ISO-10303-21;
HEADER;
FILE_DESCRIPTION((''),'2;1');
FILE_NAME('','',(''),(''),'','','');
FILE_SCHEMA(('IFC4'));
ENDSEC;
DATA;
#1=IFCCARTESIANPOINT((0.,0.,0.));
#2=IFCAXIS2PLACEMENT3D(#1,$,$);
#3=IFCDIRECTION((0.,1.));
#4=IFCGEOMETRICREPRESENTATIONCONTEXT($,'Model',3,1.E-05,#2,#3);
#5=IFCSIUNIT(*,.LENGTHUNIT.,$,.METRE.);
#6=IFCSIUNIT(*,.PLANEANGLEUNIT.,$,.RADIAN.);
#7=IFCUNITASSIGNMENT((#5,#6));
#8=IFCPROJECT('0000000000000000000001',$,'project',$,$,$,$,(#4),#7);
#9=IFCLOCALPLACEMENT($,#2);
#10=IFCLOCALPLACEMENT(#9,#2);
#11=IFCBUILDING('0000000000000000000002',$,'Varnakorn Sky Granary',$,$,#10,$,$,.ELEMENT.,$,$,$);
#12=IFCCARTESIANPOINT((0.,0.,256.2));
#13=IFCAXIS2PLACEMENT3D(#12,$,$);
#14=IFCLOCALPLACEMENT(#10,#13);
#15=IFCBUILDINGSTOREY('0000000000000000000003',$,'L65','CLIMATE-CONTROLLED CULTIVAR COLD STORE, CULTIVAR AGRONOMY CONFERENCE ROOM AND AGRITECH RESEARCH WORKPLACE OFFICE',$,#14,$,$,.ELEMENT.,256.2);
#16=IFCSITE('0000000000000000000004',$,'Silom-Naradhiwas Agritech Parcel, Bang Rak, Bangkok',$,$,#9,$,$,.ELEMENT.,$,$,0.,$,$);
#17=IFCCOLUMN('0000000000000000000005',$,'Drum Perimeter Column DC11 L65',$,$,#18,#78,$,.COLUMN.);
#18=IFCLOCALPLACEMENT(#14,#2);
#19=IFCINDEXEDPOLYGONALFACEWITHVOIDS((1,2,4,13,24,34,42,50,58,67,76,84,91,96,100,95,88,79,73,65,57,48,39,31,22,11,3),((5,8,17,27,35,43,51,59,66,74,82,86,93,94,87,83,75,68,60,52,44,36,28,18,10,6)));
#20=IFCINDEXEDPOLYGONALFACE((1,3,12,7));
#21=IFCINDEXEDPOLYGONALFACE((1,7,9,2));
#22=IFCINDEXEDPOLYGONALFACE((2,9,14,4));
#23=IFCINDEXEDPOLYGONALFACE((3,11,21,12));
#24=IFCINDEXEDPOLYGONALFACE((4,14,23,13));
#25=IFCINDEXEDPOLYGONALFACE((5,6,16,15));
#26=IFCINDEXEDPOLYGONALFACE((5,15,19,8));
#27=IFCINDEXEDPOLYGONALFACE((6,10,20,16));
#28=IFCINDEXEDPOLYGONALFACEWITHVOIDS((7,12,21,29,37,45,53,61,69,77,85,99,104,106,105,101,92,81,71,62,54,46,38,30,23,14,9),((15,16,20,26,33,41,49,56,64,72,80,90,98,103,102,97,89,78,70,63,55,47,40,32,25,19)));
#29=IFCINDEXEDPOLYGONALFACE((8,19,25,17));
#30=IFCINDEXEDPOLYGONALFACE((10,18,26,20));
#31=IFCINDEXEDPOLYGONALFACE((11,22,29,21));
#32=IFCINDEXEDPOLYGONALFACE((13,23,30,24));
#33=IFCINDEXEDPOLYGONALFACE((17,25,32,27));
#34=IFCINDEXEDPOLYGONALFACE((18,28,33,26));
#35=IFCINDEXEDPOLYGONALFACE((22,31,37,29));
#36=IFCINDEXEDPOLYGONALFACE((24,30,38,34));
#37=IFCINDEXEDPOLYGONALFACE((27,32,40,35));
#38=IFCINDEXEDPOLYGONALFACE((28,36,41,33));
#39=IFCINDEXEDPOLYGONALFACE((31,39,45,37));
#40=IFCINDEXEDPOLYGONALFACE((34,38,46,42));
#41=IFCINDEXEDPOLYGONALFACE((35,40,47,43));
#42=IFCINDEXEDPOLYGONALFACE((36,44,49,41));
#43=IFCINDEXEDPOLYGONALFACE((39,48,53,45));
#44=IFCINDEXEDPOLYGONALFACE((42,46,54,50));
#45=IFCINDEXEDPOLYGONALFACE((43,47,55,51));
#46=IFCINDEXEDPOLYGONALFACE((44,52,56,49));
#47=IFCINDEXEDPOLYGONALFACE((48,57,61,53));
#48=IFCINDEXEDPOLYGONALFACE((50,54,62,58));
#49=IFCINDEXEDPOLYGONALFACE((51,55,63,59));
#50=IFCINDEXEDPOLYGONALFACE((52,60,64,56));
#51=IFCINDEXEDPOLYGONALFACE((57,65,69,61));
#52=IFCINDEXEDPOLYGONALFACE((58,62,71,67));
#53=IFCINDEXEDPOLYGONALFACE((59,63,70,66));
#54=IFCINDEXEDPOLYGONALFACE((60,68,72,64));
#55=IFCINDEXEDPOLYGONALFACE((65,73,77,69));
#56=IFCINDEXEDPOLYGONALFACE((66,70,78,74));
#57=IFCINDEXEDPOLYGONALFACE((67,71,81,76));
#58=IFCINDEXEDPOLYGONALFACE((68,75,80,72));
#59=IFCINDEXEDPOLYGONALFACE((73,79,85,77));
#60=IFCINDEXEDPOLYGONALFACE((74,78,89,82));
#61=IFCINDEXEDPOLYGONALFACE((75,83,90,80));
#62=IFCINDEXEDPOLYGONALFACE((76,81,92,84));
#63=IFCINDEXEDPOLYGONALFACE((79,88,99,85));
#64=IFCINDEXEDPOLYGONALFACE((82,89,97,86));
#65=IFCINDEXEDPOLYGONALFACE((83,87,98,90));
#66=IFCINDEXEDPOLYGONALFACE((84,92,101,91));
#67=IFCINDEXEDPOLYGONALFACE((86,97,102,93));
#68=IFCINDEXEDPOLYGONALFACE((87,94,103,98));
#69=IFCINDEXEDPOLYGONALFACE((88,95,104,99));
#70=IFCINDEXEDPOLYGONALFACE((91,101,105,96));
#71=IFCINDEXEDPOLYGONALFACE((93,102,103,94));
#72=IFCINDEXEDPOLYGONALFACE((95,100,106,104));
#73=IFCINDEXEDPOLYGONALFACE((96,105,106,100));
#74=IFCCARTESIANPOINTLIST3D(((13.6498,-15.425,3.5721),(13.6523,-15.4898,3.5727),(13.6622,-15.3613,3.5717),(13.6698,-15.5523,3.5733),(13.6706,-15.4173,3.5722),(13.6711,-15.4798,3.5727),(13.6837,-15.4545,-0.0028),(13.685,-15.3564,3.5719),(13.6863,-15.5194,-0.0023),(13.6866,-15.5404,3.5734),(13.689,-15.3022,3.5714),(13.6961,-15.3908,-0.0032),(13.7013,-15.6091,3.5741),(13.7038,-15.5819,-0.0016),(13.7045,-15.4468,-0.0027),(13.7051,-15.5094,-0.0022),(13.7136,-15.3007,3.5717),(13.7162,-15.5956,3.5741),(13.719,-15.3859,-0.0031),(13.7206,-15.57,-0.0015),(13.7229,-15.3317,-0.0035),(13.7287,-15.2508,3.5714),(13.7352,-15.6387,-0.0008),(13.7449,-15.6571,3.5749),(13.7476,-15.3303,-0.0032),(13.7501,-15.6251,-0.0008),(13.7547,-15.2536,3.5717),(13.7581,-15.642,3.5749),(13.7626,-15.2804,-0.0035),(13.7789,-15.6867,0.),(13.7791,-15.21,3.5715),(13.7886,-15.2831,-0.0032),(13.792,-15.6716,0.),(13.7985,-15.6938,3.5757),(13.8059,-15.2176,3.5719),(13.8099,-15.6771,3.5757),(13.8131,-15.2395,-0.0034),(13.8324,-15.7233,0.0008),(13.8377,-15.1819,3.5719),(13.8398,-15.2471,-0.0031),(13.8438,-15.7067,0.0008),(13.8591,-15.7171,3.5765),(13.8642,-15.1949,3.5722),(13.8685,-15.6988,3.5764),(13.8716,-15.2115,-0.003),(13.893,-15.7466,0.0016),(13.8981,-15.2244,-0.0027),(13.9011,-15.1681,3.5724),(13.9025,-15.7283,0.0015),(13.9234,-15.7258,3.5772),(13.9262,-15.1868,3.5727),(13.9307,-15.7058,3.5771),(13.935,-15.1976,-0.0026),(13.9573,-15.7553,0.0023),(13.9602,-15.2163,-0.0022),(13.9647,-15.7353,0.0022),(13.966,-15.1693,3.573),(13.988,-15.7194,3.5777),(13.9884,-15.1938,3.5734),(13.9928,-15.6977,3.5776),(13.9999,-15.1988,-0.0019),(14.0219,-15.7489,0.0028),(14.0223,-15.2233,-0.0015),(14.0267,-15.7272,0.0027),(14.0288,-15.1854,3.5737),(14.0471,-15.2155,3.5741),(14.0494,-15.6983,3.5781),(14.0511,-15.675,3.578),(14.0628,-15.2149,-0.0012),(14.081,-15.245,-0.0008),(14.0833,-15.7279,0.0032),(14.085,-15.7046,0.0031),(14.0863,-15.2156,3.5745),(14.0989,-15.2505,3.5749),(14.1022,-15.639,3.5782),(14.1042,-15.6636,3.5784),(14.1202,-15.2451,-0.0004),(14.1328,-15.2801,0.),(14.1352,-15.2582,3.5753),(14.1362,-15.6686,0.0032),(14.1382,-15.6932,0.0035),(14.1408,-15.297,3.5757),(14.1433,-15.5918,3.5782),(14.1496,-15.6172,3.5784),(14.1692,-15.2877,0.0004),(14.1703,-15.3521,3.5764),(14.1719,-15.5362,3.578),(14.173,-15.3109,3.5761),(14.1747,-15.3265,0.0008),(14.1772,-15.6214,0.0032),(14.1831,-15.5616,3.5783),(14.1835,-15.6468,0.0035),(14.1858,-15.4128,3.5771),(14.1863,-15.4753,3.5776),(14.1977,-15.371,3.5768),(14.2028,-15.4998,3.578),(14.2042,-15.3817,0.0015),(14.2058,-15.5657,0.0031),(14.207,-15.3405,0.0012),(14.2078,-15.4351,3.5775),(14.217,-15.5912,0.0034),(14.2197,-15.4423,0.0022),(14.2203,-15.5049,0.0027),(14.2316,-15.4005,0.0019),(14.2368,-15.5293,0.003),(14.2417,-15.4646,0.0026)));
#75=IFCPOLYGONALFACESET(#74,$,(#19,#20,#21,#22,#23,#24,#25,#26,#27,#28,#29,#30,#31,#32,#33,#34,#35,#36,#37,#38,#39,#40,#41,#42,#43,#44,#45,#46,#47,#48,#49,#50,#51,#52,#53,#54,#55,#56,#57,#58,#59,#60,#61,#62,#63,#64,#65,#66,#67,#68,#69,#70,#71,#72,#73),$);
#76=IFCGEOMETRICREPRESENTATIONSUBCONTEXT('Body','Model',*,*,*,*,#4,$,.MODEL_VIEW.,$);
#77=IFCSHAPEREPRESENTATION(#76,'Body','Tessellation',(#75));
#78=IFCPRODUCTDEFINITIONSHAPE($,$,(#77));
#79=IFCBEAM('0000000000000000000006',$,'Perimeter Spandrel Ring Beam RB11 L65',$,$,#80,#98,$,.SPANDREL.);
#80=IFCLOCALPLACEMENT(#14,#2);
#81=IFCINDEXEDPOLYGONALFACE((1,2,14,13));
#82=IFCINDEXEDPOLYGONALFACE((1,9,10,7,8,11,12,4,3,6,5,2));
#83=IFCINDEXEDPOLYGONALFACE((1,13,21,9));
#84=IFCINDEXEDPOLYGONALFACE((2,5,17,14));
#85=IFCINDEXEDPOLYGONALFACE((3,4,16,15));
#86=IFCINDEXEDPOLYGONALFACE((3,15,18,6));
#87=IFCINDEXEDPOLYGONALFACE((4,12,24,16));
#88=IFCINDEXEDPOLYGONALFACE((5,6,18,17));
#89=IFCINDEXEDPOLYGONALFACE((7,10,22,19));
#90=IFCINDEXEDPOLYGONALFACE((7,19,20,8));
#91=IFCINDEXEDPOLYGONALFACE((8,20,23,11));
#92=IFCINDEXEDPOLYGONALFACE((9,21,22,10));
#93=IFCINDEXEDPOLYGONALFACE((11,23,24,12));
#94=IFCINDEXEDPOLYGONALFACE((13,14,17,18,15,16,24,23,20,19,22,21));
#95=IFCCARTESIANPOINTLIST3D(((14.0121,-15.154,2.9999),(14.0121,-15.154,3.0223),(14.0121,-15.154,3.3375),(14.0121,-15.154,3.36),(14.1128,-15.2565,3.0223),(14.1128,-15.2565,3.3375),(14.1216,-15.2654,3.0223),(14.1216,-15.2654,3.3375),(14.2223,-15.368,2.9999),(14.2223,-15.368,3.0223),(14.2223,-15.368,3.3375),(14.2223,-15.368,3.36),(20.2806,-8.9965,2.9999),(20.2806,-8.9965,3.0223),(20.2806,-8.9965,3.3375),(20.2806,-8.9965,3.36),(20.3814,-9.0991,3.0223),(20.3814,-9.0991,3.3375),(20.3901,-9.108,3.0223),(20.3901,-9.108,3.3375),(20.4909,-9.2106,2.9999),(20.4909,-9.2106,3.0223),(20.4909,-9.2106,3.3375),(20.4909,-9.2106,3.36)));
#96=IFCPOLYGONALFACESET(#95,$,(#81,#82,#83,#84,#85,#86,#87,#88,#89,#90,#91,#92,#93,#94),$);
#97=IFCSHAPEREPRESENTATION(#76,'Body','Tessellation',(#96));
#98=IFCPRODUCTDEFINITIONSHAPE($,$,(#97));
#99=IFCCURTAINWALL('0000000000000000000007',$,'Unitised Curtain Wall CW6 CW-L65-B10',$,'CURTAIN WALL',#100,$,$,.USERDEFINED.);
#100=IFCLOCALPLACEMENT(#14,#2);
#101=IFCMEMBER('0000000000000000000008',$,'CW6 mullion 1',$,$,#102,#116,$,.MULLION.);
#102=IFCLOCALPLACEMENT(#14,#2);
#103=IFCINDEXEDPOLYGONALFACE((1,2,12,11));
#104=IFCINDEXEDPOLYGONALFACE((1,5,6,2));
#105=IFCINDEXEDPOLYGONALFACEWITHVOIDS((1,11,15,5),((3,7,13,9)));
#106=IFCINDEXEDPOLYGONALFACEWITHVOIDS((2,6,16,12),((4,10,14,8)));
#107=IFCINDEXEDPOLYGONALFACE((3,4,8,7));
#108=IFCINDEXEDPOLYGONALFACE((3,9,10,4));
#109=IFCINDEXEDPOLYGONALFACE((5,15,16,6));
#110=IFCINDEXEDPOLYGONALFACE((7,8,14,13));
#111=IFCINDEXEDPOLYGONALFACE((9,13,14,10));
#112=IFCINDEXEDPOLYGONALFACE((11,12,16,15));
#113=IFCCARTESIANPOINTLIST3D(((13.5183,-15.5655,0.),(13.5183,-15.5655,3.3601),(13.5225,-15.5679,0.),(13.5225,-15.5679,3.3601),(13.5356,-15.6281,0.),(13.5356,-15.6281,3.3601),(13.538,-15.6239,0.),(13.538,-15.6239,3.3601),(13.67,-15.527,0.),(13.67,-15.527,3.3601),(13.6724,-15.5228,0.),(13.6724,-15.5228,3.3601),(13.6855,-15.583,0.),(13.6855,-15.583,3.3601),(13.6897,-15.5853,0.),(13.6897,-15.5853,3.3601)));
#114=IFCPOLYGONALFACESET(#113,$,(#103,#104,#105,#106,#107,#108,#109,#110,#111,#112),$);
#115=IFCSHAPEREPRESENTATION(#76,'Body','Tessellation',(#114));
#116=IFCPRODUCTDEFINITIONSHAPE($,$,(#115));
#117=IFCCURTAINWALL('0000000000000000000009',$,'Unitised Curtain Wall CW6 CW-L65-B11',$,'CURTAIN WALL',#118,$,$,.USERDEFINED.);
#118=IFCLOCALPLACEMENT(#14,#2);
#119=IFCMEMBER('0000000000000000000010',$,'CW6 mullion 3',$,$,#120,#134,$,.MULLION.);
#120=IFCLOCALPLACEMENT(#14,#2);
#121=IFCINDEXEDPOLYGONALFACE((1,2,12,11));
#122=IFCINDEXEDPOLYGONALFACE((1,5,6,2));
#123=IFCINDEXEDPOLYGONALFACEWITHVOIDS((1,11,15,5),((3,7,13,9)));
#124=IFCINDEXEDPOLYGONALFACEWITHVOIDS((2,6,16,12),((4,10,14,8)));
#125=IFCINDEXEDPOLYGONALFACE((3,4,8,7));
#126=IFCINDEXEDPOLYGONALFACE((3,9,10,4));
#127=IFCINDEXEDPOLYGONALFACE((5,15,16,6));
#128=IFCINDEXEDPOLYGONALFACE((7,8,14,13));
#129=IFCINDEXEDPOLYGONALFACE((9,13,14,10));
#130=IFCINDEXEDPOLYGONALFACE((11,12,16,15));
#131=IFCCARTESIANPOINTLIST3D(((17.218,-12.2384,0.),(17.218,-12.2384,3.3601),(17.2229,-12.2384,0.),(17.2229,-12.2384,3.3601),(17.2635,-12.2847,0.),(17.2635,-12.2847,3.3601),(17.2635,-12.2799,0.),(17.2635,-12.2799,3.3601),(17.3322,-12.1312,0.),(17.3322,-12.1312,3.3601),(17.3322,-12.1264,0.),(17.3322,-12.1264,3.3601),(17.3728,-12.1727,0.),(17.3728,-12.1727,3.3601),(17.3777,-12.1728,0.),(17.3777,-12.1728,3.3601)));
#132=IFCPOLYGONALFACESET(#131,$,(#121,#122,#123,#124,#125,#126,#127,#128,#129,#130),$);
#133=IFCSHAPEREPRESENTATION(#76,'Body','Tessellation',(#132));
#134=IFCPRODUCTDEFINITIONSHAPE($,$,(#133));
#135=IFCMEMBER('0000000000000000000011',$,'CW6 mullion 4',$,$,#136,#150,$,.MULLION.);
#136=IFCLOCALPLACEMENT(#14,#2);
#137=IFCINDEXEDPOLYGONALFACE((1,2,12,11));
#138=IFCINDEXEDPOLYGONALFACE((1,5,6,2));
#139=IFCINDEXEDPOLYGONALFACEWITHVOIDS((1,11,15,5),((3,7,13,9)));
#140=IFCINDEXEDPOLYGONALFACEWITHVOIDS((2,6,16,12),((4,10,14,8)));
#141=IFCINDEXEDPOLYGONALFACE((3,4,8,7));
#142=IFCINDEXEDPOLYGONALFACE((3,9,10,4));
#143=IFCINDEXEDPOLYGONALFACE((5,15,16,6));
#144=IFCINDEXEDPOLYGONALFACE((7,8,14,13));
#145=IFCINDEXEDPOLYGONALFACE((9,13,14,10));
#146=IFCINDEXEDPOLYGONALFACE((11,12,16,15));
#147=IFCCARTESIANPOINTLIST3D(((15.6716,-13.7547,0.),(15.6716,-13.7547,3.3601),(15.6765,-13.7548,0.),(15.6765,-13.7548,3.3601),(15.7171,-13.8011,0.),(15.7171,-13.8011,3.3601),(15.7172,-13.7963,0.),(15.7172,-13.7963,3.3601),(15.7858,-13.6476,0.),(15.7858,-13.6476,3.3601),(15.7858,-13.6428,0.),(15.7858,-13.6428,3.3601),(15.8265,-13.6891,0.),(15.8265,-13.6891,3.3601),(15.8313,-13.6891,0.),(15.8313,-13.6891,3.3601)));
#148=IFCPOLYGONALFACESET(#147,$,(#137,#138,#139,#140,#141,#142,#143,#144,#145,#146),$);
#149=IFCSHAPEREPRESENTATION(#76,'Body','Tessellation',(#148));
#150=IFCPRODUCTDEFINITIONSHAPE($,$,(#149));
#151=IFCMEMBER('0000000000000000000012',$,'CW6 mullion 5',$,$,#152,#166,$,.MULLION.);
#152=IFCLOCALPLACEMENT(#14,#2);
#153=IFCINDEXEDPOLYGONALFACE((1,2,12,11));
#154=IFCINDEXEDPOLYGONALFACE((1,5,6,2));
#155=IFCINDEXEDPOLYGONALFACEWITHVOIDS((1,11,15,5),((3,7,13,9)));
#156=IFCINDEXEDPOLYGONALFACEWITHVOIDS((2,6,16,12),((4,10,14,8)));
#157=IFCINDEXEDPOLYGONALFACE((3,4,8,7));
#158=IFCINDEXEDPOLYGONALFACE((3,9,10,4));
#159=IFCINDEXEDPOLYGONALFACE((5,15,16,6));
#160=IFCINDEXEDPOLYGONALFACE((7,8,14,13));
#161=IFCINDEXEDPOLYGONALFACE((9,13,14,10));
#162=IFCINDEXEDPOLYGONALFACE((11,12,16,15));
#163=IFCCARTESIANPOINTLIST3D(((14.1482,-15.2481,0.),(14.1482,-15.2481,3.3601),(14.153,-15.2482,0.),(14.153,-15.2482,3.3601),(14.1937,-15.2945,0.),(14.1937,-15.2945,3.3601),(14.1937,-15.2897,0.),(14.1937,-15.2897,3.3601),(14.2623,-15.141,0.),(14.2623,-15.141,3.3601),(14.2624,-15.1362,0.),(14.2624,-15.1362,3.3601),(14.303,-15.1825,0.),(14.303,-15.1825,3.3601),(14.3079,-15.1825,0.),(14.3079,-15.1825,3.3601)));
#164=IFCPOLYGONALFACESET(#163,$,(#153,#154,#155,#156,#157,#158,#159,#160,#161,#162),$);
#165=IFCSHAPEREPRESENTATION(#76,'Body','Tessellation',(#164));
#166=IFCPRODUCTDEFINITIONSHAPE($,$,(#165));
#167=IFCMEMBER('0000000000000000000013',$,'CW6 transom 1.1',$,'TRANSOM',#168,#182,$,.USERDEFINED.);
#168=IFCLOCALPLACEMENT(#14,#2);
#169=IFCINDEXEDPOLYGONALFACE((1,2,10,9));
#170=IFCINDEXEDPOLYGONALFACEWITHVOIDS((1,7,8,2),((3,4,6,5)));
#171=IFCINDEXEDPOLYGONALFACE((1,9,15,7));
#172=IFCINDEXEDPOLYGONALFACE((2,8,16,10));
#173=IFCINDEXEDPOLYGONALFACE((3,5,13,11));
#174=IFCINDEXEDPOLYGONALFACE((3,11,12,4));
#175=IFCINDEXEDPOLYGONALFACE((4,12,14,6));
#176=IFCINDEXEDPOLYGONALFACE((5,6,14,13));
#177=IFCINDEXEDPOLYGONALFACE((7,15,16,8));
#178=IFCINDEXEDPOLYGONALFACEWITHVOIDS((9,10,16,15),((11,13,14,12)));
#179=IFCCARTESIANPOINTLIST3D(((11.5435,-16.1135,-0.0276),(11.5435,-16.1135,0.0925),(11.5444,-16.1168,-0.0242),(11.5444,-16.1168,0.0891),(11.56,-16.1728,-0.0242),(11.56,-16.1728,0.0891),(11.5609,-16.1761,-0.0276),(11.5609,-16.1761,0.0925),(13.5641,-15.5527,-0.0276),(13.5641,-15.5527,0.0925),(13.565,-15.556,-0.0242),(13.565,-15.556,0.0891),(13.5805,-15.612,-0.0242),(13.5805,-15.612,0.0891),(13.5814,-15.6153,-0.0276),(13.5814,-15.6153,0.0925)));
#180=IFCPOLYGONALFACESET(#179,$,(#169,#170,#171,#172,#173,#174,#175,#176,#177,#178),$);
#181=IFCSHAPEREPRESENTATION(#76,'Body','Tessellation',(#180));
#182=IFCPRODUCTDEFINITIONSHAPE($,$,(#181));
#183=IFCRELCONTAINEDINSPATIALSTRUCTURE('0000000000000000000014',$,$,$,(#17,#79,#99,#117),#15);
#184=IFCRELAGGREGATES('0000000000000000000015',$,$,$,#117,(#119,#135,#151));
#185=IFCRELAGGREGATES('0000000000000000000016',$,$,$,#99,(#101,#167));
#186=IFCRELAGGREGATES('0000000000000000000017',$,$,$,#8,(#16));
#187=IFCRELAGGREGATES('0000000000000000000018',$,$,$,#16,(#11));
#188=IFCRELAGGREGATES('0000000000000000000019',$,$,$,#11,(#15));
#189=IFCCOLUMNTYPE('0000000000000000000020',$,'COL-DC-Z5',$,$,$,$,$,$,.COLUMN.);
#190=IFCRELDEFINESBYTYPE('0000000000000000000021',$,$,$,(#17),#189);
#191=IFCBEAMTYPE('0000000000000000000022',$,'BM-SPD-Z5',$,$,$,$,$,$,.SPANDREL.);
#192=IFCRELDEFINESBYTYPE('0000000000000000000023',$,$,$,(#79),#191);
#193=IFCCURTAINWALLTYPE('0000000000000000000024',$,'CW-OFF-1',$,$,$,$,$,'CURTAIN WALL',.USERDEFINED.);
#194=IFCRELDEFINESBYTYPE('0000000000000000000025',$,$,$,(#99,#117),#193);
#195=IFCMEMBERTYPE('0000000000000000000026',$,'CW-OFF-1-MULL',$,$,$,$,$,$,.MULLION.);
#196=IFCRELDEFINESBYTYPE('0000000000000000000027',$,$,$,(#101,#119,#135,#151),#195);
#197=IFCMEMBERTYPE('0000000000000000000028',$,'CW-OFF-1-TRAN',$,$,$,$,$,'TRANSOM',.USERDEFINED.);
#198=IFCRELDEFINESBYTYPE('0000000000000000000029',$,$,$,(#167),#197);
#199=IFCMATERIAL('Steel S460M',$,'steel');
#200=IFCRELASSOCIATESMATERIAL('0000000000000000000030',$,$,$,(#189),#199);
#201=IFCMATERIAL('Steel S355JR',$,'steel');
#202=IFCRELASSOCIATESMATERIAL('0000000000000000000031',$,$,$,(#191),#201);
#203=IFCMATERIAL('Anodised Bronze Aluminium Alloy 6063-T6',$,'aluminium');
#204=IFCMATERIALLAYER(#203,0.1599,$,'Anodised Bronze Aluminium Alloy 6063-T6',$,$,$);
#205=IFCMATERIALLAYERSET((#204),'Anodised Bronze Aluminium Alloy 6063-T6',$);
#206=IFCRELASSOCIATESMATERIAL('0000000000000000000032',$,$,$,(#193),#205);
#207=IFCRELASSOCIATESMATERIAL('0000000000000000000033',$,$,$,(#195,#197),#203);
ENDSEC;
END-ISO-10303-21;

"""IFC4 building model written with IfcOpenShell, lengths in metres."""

from ifc_helpers import new_model, si_unit, direction, frame, origin, origin_2d, place, context, subcontext, project, spatial, hollow_rectangle, hollow_circle, i_section, extrude, material, layer, layer_set, material_profile, profile_set, type_object, element, aggregate, save


model = new_model("IFC4")

# Units and contexts
model_context = context("Model", 3, precision=1e-05, world=origin(), true_north=direction((0.0, 1.0)))
body_context = subcontext(model_context, "Body", "Model", "MODEL_VIEW")
ifc_project = project(units=[si_unit("LENGTHUNIT", "METRE"), si_unit("PLANEANGLEUNIT", "RADIAN")], contexts=[model_context])

# Site, building, storey
site_placement = place(None, origin())
site = spatial("IfcSite", under=ifc_project, at=site_placement, Name="Silom-Naradhiwas Agritech Parcel, Bang Rak, Bangkok", CompositionType="ELEMENT", RefElevation=0.0)
building_placement = place(site_placement, origin())
building = spatial("IfcBuilding", under=site, at=building_placement, Name="Varnakorn Sky Granary", CompositionType="ELEMENT")
storey_placement = place(building_placement, frame((0.0, 0.0, 256.2)))
storey = spatial("IfcBuildingStorey", under=building, at=storey_placement, Name="L65", Description="CLIMATE-CONTROLLED CULTIVAR COLD STORE, CULTIVAR AGRONOMY CONFERENCE ROOM AND AGRITECH RESEARCH WORKPLACE OFFICE", CompositionType="ELEMENT", Elevation=256.2)

# Column
ifc_material_1 = material(Name="Steel S460M", Category="steel")
ifc_material_profile_1 = material_profile(ifc_material_1, hollow_circle(Radius=0.2795, WallThickness=0.02, at=origin_2d()), Name="CHS 559x20")
ifc_profile_set_1 = profile_set([ifc_material_profile_1], Name="Steel S460M")
column_type = type_object("IfcColumnType", Name="COL-DC-Z5", PredefinedType="COLUMN", material=ifc_profile_set_1)
column_placement = place(storey_placement, frame((13.9624, -15.4758, 0.0), z_axis=(-0.009492, 0.008263, 0.999921), x_axis=(-0.656582, -0.754255, 0.0)))
element("IfcColumn", 1, at=column_placement, inside=storey, type_object=column_type, Name="Drum Perimeter Column DC11 L65", PredefinedType="COLUMN", context=body_context, shape_type="SweptSolid", body=[
    extrude(hollow_circle(Radius=0.2795, WallThickness=0.02, at=origin_2d()), origin(), (0.0, 0.0, 1.0), 3.5752),
])

# Beam
ifc_material_2 = material(Name="Steel S355JR", Category="steel")
ifc_material_profile_2 = material_profile(ifc_material_2, i_section(OverallWidth=0.3, OverallDepth=0.3601, WebThickness=0.0125, FlangeThickness=0.0225, at=origin_2d()), Name="HE 360 B")
ifc_profile_set_2 = profile_set([ifc_material_profile_2], Name="Steel S355JR")
beam_type = type_object("IfcBeamType", Name="BM-SPD-Z5", PredefinedType="SPANDREL", material=ifc_profile_set_2)
beam_placement = place(storey_placement, frame((14.1172, -15.261, 3.1799), z_axis=(0.7134, 0.700758, 0.0), x_axis=(-0.700758, 0.7134, 0.0)))
element("IfcBeam", 2, at=beam_placement, inside=storey, type_object=beam_type, Name="Perimeter Spandrel Ring Beam RB11 L65", PredefinedType="SPANDREL", context=body_context, shape_type="SweptSolid", body=[
    extrude(i_section(OverallWidth=0.3, OverallDepth=0.3601, WebThickness=0.0125, FlangeThickness=0.0225, at=origin_2d()), origin(), (0.0, 0.0, 1.0), 8.7869),
])

# Curtain wall, member
ifc_material_3 = material(Name="Anodised Bronze Aluminium Alloy 6063-T6", Category="aluminium")
ifc_layer_1 = layer(ifc_material_3, 0.1599, Name="Anodised Bronze Aluminium Alloy 6063-T6")
ifc_layer_set_1 = layer_set([ifc_layer_1], Name="Anodised Bronze Aluminium Alloy 6063-T6")
curtain_wall_type = type_object("IfcCurtainWallType", Name="CW-OFF-1", ElementType="CURTAIN WALL", PredefinedType="USERDEFINED", material=ifc_layer_set_1)
curtain_wall_1_placement = place(storey_placement, origin())
curtain_wall_1 = element("IfcCurtainWall", 3, at=curtain_wall_1_placement, inside=storey, type_object=curtain_wall_type, Name="Unitised Curtain Wall CW6 CW-L65-B10", ObjectType="CURTAIN WALL", PredefinedType="USERDEFINED")
ifc_material_profile_3 = material_profile(ifc_material_3, hollow_rectangle(XDim=0.0649, YDim=0.1599, WallThickness=0.0034, at=origin_2d()), Name="ALU MULL 65x160")
ifc_profile_set_3 = profile_set([ifc_material_profile_3], Name="Anodised Bronze Aluminium Alloy 6063-T6")
member_type_1 = type_object("IfcMemberType", Name="CW-OFF-1-MULL", PredefinedType="MULLION", material=ifc_profile_set_3)
member_1_placement = place(storey_placement, frame((13.604, -15.5754, 0.0), z_axis=(0.0, 0.0, 1.0), x_axis=(0.267429, -0.963577, 0.0)))
member_1 = element("IfcMember", 4, at=member_1_placement, type_object=member_type_1, Name="CW6 mullion 1", PredefinedType="MULLION", context=body_context, shape_type="SweptSolid", body=[
    extrude(hollow_rectangle(XDim=0.0649, YDim=0.1599, WallThickness=0.0034, at=origin_2d()), origin(), (0.0, 0.0, 1.0), 3.3601),
])

# Curtain wall, members
curtain_wall_2_placement = place(storey_placement, origin())
curtain_wall_2 = element("IfcCurtainWall", 5, at=curtain_wall_2_placement, inside=storey, type_object=curtain_wall_type, Name="Unitised Curtain Wall CW6 CW-L65-B11", ObjectType="CURTAIN WALL", PredefinedType="USERDEFINED")
member_2_placement = place(storey_placement, frame((17.2979, -12.2056, 0.0), z_axis=(0.0, 0.0, 1.0), x_axis=(0.700118, -0.714027, 0.0)))
member_2 = element("IfcMember", 6, at=member_2_placement, type_object=member_type_1, Name="CW6 mullion 3", PredefinedType="MULLION", context=body_context, shape_type="SweptSolid", body=[
    extrude(hollow_rectangle(XDim=0.0649, YDim=0.1599, WallThickness=0.0034, at=origin_2d()), origin(), (0.0, 0.0, 1.0), 3.3601),
])
member_3_placement = place(storey_placement, frame((15.7515, -13.7219, 0.0), z_axis=(0.0, 0.0, 1.0), x_axis=(0.700118, -0.714027, 0.0)))
member_3 = element("IfcMember", 7, at=member_3_placement, type_object=member_type_1, Name="CW6 mullion 4", PredefinedType="MULLION", context=body_context, shape_type="SweptSolid", body=[
    extrude(hollow_rectangle(XDim=0.0649, YDim=0.1599, WallThickness=0.0034, at=origin_2d()), origin(), (0.0, 0.0, 1.0), 3.3601),
])
member_4_placement = place(storey_placement, frame((14.228, -15.2153, 0.0), z_axis=(0.0, 0.0, 1.0), x_axis=(0.700118, -0.714027, 0.0)))
member_4 = element("IfcMember", 8, at=member_4_placement, type_object=member_type_1, Name="CW6 mullion 5", PredefinedType="MULLION", context=body_context, shape_type="SweptSolid", body=[
    extrude(hollow_rectangle(XDim=0.0649, YDim=0.1599, WallThickness=0.0034, at=origin_2d()), origin(), (0.0, 0.0, 1.0), 3.3601),
])

# Member
ifc_material_profile_4 = material_profile(ifc_material_3, hollow_rectangle(XDim=0.0649, YDim=0.1201, WallThickness=0.0034, at=origin_2d()), Name="ALU TRAN 65x120")
ifc_profile_set_4 = profile_set([ifc_material_profile_4], Name="Anodised Bronze Aluminium Alloy 6063-T6")
member_type_2 = type_object("IfcMemberType", Name="CW-OFF-1-TRAN", ElementType="TRANSOM", PredefinedType="USERDEFINED", material=ifc_profile_set_4)
member_5_placement = place(storey_placement, frame((13.5728, -15.584, 0.0325), z_axis=(-0.963575, -0.26744, 0.0), x_axis=(0.26744, -0.963575, 0.0)))
member_5 = element("IfcMember", 9, at=member_5_placement, type_object=member_type_2, Name="CW6 transom 1.1", ObjectType="TRANSOM", PredefinedType="USERDEFINED", context=body_context, shape_type="SweptSolid", body=[
    extrude(hollow_rectangle(XDim=0.0649, YDim=0.1201, WallThickness=0.0034, at=origin_2d()), origin(), (0.0, 0.0, 1.0), 2.0969),
])

aggregate(curtain_wall_2, [member_2, member_3, member_4])
aggregate(curtain_wall_1, [member_1, member_5])

save(model, "model.ifc")
